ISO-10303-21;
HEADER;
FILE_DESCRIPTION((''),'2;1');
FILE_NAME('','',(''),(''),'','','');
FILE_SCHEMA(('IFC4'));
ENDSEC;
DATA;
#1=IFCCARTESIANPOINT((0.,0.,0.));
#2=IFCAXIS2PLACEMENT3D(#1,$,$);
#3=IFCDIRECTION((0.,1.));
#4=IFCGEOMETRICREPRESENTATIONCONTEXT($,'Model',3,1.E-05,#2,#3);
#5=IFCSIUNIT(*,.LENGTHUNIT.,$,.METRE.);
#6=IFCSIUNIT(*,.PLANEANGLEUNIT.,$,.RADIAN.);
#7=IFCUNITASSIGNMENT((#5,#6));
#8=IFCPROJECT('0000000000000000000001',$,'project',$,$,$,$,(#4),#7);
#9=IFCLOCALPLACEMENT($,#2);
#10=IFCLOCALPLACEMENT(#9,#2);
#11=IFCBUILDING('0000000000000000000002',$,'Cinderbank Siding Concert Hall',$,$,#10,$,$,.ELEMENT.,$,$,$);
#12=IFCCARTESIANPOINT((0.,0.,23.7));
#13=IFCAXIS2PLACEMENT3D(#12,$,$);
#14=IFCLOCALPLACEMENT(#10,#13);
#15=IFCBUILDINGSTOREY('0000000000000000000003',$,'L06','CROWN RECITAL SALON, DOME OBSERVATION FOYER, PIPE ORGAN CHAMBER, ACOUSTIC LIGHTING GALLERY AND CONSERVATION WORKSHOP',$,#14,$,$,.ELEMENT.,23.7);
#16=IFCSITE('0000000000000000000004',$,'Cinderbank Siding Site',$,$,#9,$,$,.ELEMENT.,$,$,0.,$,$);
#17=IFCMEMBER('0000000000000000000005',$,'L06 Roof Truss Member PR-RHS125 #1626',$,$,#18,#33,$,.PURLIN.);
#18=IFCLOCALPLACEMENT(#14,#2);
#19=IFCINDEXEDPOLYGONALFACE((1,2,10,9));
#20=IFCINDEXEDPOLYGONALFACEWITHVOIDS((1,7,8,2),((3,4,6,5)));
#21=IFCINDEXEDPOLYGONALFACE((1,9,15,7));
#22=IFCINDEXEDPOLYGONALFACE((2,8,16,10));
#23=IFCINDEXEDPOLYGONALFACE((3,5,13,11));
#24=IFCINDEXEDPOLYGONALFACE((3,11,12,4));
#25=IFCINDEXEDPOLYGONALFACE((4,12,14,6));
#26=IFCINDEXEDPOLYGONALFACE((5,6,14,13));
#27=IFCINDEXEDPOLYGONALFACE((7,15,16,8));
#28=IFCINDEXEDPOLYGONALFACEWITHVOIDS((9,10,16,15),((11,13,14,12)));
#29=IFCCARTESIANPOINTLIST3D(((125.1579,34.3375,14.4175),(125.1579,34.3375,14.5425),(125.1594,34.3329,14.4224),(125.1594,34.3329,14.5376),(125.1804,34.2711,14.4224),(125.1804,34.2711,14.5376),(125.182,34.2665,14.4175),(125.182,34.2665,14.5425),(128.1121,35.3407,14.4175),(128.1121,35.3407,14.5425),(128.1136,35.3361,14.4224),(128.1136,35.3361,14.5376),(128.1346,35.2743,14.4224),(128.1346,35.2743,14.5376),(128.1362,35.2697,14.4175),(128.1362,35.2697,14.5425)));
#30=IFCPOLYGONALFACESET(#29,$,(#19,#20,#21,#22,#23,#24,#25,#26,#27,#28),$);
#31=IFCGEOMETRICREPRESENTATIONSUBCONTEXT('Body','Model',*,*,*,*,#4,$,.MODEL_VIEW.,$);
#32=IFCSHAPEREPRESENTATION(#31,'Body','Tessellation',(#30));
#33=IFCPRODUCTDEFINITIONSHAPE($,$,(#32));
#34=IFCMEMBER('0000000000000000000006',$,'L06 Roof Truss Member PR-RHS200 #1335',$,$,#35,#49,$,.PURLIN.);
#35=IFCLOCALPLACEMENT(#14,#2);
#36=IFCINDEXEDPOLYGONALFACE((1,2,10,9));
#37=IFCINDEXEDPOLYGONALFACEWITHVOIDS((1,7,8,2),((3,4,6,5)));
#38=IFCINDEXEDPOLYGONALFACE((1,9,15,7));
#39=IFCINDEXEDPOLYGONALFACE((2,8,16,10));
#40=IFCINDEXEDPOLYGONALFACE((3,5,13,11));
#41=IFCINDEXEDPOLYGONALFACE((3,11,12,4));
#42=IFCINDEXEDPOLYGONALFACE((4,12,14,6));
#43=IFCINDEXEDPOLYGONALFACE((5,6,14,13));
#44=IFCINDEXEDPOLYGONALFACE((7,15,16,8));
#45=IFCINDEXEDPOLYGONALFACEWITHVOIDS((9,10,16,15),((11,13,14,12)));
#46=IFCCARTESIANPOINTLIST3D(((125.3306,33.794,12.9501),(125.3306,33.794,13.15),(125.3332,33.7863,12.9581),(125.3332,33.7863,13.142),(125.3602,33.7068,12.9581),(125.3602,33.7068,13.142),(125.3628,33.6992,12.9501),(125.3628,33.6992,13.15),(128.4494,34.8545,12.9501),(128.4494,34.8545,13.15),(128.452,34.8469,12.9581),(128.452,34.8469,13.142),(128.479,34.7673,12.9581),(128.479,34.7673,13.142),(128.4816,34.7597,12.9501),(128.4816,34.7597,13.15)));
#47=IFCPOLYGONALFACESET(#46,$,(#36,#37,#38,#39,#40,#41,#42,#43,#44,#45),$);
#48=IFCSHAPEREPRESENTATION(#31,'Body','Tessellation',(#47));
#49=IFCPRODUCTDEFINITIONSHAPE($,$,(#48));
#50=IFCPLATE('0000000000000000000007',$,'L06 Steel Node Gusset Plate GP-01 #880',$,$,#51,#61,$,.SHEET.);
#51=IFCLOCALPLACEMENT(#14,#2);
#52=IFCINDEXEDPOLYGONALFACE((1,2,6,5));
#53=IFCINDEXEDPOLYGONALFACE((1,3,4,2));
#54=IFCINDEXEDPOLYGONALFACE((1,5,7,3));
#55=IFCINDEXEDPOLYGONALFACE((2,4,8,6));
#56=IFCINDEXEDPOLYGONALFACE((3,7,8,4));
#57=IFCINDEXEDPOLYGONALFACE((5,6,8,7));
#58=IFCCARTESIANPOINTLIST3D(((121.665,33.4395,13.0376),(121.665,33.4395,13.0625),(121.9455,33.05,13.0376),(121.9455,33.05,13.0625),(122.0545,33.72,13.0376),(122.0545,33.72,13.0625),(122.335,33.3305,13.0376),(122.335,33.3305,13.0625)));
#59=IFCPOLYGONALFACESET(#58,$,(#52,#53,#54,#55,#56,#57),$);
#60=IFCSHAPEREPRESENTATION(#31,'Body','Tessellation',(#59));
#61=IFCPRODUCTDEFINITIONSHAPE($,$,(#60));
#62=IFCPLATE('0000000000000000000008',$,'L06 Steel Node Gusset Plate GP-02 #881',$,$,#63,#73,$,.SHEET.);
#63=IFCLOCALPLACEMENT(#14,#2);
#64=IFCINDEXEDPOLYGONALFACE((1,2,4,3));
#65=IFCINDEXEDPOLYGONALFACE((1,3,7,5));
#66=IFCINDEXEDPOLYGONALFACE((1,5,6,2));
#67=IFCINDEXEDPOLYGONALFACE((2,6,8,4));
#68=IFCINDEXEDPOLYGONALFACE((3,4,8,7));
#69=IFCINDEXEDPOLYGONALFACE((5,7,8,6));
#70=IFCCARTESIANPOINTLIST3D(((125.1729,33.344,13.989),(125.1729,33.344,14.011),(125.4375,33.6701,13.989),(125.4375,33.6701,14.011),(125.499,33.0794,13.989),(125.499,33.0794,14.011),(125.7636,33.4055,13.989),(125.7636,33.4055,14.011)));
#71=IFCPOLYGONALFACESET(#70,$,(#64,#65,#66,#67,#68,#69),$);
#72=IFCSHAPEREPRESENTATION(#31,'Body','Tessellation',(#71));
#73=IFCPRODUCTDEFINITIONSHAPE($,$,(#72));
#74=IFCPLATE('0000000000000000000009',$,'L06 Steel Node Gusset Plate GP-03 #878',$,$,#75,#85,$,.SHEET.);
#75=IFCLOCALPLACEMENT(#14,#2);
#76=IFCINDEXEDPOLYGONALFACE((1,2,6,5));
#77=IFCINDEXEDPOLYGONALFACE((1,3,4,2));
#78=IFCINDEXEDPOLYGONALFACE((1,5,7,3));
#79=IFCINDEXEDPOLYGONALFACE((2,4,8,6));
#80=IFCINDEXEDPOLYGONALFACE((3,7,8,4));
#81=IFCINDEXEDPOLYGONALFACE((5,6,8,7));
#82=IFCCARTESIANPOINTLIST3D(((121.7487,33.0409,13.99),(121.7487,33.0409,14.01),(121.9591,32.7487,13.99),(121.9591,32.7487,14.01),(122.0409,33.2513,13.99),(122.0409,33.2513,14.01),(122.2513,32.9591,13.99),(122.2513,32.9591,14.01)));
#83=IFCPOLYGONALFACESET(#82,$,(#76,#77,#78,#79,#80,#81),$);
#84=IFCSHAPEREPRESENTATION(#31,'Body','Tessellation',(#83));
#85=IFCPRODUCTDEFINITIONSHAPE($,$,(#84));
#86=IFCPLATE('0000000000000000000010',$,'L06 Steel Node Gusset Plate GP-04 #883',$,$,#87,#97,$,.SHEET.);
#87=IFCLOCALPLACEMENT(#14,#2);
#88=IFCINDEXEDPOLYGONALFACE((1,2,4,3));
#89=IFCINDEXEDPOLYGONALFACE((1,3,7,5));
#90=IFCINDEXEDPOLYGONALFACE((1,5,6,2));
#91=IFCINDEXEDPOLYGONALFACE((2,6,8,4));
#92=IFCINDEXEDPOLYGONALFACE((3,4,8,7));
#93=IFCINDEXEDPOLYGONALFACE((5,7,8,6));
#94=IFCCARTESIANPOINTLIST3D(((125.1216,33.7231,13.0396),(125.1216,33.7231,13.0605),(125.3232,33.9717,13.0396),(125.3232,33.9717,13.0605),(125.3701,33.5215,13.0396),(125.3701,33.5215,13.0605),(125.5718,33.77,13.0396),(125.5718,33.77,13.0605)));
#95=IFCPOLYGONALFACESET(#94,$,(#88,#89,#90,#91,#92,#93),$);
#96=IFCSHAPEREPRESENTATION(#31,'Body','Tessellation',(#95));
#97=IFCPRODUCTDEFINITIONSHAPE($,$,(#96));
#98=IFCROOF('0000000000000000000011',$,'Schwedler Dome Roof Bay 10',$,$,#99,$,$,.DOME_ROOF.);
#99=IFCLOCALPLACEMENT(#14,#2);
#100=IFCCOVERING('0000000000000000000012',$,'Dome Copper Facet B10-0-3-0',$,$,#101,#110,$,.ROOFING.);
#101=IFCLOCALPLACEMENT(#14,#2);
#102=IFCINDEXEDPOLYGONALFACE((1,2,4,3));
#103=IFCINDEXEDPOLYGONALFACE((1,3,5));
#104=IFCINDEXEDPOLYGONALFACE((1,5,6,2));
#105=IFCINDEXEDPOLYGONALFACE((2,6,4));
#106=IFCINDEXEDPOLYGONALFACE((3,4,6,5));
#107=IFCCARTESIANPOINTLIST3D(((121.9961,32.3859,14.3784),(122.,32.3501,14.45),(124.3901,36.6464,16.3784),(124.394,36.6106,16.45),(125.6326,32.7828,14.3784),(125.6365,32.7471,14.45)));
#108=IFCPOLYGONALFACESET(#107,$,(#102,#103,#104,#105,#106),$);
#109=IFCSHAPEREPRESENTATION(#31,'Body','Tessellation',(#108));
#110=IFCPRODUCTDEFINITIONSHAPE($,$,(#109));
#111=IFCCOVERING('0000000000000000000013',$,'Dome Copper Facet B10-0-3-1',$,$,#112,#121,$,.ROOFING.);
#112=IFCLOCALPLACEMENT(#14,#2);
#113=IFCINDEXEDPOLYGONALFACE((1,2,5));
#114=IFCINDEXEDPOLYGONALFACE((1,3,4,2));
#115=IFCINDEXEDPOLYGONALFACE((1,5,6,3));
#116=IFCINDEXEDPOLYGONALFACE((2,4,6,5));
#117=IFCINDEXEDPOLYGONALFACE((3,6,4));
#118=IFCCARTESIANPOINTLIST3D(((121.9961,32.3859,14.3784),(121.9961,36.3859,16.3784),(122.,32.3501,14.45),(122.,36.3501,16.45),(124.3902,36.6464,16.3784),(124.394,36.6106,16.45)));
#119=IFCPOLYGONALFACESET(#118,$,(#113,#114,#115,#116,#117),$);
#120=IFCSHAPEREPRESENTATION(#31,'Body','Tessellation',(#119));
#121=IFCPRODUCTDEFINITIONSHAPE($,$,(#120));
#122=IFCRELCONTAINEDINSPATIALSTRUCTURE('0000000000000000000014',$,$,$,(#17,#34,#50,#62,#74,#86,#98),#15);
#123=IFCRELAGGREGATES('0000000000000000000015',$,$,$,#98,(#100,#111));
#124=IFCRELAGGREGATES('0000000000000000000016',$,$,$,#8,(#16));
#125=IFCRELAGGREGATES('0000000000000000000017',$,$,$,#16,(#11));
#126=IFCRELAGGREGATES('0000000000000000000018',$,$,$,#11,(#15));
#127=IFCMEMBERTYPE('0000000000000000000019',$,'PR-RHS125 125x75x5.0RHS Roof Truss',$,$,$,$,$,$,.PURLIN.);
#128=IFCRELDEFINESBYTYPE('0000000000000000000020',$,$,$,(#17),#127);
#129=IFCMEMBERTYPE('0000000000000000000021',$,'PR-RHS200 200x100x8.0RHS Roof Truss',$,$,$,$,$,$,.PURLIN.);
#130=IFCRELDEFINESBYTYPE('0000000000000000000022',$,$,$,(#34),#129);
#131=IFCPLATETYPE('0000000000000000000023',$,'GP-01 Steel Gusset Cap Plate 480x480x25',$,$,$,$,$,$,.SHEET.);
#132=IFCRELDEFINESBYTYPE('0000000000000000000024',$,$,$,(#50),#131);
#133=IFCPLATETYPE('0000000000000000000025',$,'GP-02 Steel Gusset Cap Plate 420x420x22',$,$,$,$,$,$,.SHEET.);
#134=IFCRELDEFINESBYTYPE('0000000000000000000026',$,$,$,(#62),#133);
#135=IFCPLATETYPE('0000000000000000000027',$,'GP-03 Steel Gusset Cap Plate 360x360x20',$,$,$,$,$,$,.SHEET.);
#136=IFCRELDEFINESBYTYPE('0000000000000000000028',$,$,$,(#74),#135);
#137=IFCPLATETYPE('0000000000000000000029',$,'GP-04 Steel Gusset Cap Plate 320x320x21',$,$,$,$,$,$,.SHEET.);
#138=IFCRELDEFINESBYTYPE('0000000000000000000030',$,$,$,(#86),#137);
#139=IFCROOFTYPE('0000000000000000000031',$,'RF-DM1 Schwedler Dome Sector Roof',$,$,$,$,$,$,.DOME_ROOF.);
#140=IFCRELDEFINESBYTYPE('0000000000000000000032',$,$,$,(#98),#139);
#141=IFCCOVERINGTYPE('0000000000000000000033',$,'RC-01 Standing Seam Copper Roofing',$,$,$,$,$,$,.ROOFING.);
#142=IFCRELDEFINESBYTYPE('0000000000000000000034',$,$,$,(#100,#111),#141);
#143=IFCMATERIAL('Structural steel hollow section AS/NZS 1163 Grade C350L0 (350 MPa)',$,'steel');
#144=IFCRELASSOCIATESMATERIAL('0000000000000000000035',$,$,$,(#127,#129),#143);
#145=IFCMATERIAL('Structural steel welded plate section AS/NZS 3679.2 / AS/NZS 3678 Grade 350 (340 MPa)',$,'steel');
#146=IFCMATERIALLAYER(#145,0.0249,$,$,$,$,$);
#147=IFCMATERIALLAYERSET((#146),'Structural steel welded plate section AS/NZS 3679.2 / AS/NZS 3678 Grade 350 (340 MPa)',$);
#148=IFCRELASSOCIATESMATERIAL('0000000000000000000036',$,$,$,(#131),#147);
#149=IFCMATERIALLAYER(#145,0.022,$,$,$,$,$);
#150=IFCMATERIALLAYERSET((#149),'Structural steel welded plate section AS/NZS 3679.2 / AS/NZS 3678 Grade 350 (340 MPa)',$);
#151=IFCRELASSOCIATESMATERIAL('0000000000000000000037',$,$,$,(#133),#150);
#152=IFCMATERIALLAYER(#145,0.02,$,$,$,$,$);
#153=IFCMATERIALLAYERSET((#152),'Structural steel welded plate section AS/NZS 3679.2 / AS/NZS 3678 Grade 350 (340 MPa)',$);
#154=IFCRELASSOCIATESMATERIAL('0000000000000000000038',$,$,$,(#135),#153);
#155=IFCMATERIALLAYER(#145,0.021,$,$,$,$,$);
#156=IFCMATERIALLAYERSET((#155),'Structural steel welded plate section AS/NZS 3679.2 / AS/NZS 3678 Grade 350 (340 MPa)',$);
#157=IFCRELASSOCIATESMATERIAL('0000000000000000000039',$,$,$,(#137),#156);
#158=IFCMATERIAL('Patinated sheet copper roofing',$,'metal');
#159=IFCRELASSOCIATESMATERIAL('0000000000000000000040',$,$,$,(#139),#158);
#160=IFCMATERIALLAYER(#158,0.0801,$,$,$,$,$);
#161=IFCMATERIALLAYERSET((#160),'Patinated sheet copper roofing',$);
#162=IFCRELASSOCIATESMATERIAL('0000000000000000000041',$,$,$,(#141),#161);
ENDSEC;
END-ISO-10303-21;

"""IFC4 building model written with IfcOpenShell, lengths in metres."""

from ifc_helpers import new_model, si_unit, direction, frame, origin, origin_2d, place, context, subcontext, project, spatial, polyline, rectangle, hollow_rectangle, outline, extrude, material, layer, layer_set, material_profile, profile_set, type_object, element, aggregate, save


model = new_model("IFC4")

# Units and contexts
model_context = context("Model", 3, precision=1e-05, world=origin(), true_north=direction((0.0, 1.0)))
body_context = subcontext(model_context, "Body", "Model", "MODEL_VIEW")
ifc_project = project(units=[si_unit("LENGTHUNIT", "METRE"), si_unit("PLANEANGLEUNIT", "RADIAN")], contexts=[model_context])

# Site, building, storey
site_placement = place(None, origin())
site = spatial("IfcSite", under=ifc_project, at=site_placement, Name="Cinderbank Siding Site", CompositionType="ELEMENT", RefElevation=0.0)
building_placement = place(site_placement, origin())
building = spatial("IfcBuilding", under=site, at=building_placement, Name="Cinderbank Siding Concert Hall", CompositionType="ELEMENT")
storey_placement = place(building_placement, frame((0.0, 0.0, 23.7)))
storey = spatial("IfcBuildingStorey", under=building, at=storey_placement, Name="L06", Description="CROWN RECITAL SALON, DOME OBSERVATION FOYER, PIPE ORGAN CHAMBER, ACOUSTIC LIGHTING GALLERY AND CONSERVATION WORKSHOP", CompositionType="ELEMENT", Elevation=23.7)

# Members
ifc_material_1 = material(Name="Structural steel hollow section AS/NZS 1163 Grade C350L0 (350 MPa)", Category="steel")
ifc_material_profile_1 = material_profile(ifc_material_1, hollow_rectangle(XDim=0.075, YDim=0.125, WallThickness=0.0049, at=origin_2d()), Name="125x75x5.0RHS", Category="LoadBearing")
ifc_profile_set_1 = profile_set([ifc_material_profile_1], Name="Structural steel hollow section AS/NZS 1163 Grade C350L0 (350 MPa)")
member_type_1 = type_object("IfcMemberType", Name="PR-RHS125 125x75x5.0RHS Roof Truss", PredefinedType="PURLIN", material=ifc_profile_set_1)
member_1_placement = place(storey_placement, frame((125.1699, 34.302, 14.48), z_axis=(0.946892, 0.321552, 0.0), x_axis=(-0.321552, 0.946892, 0.0)))
element("IfcMember", 1, at=member_1_placement, inside=storey, type_object=member_type_1, Name="L06 Roof Truss Member PR-RHS125 #1626", PredefinedType="PURLIN", context=body_context, shape_type="SweptSolid", body=[
    extrude(hollow_rectangle(XDim=0.075, YDim=0.125, WallThickness=0.0049, at=origin_2d()), origin(), (0.0, 0.0, 1.0), 3.1199),
])
ifc_material_profile_2 = material_profile(ifc_material_1, hollow_rectangle(XDim=0.1001, YDim=0.2, WallThickness=0.0081, at=origin_2d()), Name="200x100x8.0RHS", Category="LoadBearing")
ifc_profile_set_2 = profile_set([ifc_material_profile_2], Name="Structural steel hollow section AS/NZS 1163 Grade C350L0 (350 MPa)")
member_type_2 = type_object("IfcMemberType", Name="PR-RHS200 200x100x8.0RHS Roof Truss", PredefinedType="PURLIN", material=ifc_profile_set_2)
member_2_placement = place(storey_placement, frame((125.3467, 33.7466, 13.05), z_axis=(0.946761, 0.321936, 0.0), x_axis=(-0.321936, 0.946761, 0.0)))
element("IfcMember", 2, at=member_2_placement, inside=storey, type_object=member_type_2, Name="L06 Roof Truss Member PR-RHS200 #1335", PredefinedType="PURLIN", context=body_context, shape_type="SweptSolid", body=[
    extrude(hollow_rectangle(XDim=0.1001, YDim=0.2, WallThickness=0.0081, at=origin_2d()), origin(), (0.0, 0.0, 1.0), 3.2942),
])

# Plates
ifc_material_2 = material(Name="Structural steel welded plate section AS/NZS 3679.2 / AS/NZS 3678 Grade 350 (340 MPa)", Category="steel")
ifc_layer_1 = layer(ifc_material_2, 0.0249)
ifc_layer_set_1 = layer_set([ifc_layer_1], Name="Structural steel welded plate section AS/NZS 3679.2 / AS/NZS 3678 Grade 350 (340 MPa)")
plate_type_1 = type_object("IfcPlateType", Name="GP-01 Steel Gusset Cap Plate 480x480x25", PredefinedType="SHEET", material=ifc_layer_set_1)
plate_1_placement = place(storey_placement, frame((122.0, 33.385, 13.0376), z_axis=(0.0, 0.0, 1.0), x_axis=(0.811472, 0.584391, 0.0)))
element("IfcPlate", 3, at=plate_1_placement, inside=storey, type_object=plate_type_1, Name="L06 Steel Node Gusset Plate GP-01 #880", PredefinedType="SHEET", context=body_context, shape_type="SweptSolid", body=[
    extrude(rectangle(XDim=0.48, YDim=0.48, at=origin_2d()), origin(), (0.0, 0.0, 1.0), 0.0249),
])
ifc_layer_2 = layer(ifc_material_2, 0.022)
ifc_layer_set_2 = layer_set([ifc_layer_2], Name="Structural steel welded plate section AS/NZS 3679.2 / AS/NZS 3678 Grade 350 (340 MPa)")
plate_type_2 = type_object("IfcPlateType", Name="GP-02 Steel Gusset Cap Plate 420x420x22", PredefinedType="SHEET", material=ifc_layer_set_2)
plate_2_placement = place(storey_placement, frame((125.4683, 33.3748, 13.989), z_axis=(0.0, 0.0, 1.0), x_axis=(0.629998, 0.776596, 0.0)))
element("IfcPlate", 4, at=plate_2_placement, inside=storey, type_object=plate_type_2, Name="L06 Steel Node Gusset Plate GP-02 #881", PredefinedType="SHEET", context=body_context, shape_type="SweptSolid", body=[
    extrude(rectangle(XDim=0.4199, YDim=0.4199, at=origin_2d()), origin(), (0.0, 0.0, 1.0), 0.022),
])
ifc_layer_3 = layer(ifc_material_2, 0.02)
ifc_layer_set_3 = layer_set([ifc_layer_3], Name="Structural steel welded plate section AS/NZS 3679.2 / AS/NZS 3678 Grade 350 (340 MPa)")
plate_type_3 = type_object("IfcPlateType", Name="GP-03 Steel Gusset Cap Plate 360x360x20", PredefinedType="SHEET", material=ifc_layer_set_3)
plate_3_placement = place(storey_placement, frame((122.0, 33.0, 13.99), z_axis=(0.0, 0.0, 1.0), x_axis=(0.811472, 0.584391, 0.0)))
element("IfcPlate", 5, at=plate_3_placement, inside=storey, type_object=plate_type_3, Name="L06 Steel Node Gusset Plate GP-03 #878", PredefinedType="SHEET", context=body_context, shape_type="SweptSolid", body=[
    extrude(rectangle(XDim=0.3601, YDim=0.3601, at=origin_2d()), origin(), (0.0, 0.0, 1.0), 0.02),
])
ifc_layer_4 = layer(ifc_material_2, 0.021)
ifc_layer_set_4 = layer_set([ifc_layer_4], Name="Structural steel welded plate section AS/NZS 3679.2 / AS/NZS 3678 Grade 350 (340 MPa)")
plate_type_4 = type_object("IfcPlateType", Name="GP-04 Steel Gusset Cap Plate 320x320x21", PredefinedType="SHEET", material=ifc_layer_set_4)
plate_4_placement = place(storey_placement, frame((125.3467, 33.7466, 13.0396), z_axis=(0.0, 0.0, 1.0), x_axis=(0.629998, 0.776596, 0.0)))
element("IfcPlate", 6, at=plate_4_placement, inside=storey, type_object=plate_type_4, Name="L06 Steel Node Gusset Plate GP-04 #883", PredefinedType="SHEET", context=body_context, shape_type="SweptSolid", body=[
    extrude(rectangle(XDim=0.3201, YDim=0.3201, at=origin_2d()), origin(), (0.0, 0.0, 1.0), 0.021),
])

# Roof, coverings
ifc_material_3 = material(Name="Patinated sheet copper roofing", Category="metal")
roof_type = type_object("IfcRoofType", Name="RF-DM1 Schwedler Dome Sector Roof", PredefinedType="DOME_ROOF", material=ifc_material_3)
roof_placement = place(storey_placement, origin())
roof = element("IfcRoof", 7, at=roof_placement, inside=storey, type_object=roof_type, Name="Schwedler Dome Roof Bay 10", PredefinedType="DOME_ROOF")
ifc_layer_5 = layer(ifc_material_3, 0.0801)
ifc_layer_set_5 = layer_set([ifc_layer_5], Name="Patinated sheet copper roofing")
covering_type = type_object("IfcCoveringType", Name="RC-01 Standing Seam Copper Roofing", PredefinedType="ROOFING", material=ifc_layer_set_5)
covering_1_placement = place(storey_placement, frame((122.0, 32.3501, 14.45), z_axis=(0.04877, -0.446757, 0.893325), x_axis=(0.994094, 0.108519, 0.0)))
covering_1 = element("IfcCovering", 8, at=covering_1_placement, type_object=covering_type, Name="Dome Copper Facet B10-0-3-0", PredefinedType="ROOFING", context=body_context, shape_type="SweptSolid", body=[
    extrude(outline(polyline([(0.0, 0.0), (3.6581, 0.0), (2.8423, 4.4503), (0.0, 0.0)])), origin(), (0.0, 0.0, -1.0), 0.0801),
])
covering_2_placement = place(storey_placement, frame((122.0, 32.3501, 14.45), z_axis=(0.048604, -0.446685, 0.89337), x_axis=(0.453378, 0.806842, 0.378755)))
covering_2 = element("IfcCovering", 9, at=covering_2_placement, type_object=covering_type, Name="Dome Copper Facet B10-0-3-1", PredefinedType="ROOFING", context=body_context, shape_type="SweptSolid", body=[
    extrude(outline(polyline([(0.0, 0.0), (5.2805, 0.0), (3.9849, 2.03), (0.0, 0.0)])), origin(), (0.0, 0.0, -1.0), 0.0801),
])
aggregate(roof, [covering_1, covering_2])

save(model, "model.ifc")
